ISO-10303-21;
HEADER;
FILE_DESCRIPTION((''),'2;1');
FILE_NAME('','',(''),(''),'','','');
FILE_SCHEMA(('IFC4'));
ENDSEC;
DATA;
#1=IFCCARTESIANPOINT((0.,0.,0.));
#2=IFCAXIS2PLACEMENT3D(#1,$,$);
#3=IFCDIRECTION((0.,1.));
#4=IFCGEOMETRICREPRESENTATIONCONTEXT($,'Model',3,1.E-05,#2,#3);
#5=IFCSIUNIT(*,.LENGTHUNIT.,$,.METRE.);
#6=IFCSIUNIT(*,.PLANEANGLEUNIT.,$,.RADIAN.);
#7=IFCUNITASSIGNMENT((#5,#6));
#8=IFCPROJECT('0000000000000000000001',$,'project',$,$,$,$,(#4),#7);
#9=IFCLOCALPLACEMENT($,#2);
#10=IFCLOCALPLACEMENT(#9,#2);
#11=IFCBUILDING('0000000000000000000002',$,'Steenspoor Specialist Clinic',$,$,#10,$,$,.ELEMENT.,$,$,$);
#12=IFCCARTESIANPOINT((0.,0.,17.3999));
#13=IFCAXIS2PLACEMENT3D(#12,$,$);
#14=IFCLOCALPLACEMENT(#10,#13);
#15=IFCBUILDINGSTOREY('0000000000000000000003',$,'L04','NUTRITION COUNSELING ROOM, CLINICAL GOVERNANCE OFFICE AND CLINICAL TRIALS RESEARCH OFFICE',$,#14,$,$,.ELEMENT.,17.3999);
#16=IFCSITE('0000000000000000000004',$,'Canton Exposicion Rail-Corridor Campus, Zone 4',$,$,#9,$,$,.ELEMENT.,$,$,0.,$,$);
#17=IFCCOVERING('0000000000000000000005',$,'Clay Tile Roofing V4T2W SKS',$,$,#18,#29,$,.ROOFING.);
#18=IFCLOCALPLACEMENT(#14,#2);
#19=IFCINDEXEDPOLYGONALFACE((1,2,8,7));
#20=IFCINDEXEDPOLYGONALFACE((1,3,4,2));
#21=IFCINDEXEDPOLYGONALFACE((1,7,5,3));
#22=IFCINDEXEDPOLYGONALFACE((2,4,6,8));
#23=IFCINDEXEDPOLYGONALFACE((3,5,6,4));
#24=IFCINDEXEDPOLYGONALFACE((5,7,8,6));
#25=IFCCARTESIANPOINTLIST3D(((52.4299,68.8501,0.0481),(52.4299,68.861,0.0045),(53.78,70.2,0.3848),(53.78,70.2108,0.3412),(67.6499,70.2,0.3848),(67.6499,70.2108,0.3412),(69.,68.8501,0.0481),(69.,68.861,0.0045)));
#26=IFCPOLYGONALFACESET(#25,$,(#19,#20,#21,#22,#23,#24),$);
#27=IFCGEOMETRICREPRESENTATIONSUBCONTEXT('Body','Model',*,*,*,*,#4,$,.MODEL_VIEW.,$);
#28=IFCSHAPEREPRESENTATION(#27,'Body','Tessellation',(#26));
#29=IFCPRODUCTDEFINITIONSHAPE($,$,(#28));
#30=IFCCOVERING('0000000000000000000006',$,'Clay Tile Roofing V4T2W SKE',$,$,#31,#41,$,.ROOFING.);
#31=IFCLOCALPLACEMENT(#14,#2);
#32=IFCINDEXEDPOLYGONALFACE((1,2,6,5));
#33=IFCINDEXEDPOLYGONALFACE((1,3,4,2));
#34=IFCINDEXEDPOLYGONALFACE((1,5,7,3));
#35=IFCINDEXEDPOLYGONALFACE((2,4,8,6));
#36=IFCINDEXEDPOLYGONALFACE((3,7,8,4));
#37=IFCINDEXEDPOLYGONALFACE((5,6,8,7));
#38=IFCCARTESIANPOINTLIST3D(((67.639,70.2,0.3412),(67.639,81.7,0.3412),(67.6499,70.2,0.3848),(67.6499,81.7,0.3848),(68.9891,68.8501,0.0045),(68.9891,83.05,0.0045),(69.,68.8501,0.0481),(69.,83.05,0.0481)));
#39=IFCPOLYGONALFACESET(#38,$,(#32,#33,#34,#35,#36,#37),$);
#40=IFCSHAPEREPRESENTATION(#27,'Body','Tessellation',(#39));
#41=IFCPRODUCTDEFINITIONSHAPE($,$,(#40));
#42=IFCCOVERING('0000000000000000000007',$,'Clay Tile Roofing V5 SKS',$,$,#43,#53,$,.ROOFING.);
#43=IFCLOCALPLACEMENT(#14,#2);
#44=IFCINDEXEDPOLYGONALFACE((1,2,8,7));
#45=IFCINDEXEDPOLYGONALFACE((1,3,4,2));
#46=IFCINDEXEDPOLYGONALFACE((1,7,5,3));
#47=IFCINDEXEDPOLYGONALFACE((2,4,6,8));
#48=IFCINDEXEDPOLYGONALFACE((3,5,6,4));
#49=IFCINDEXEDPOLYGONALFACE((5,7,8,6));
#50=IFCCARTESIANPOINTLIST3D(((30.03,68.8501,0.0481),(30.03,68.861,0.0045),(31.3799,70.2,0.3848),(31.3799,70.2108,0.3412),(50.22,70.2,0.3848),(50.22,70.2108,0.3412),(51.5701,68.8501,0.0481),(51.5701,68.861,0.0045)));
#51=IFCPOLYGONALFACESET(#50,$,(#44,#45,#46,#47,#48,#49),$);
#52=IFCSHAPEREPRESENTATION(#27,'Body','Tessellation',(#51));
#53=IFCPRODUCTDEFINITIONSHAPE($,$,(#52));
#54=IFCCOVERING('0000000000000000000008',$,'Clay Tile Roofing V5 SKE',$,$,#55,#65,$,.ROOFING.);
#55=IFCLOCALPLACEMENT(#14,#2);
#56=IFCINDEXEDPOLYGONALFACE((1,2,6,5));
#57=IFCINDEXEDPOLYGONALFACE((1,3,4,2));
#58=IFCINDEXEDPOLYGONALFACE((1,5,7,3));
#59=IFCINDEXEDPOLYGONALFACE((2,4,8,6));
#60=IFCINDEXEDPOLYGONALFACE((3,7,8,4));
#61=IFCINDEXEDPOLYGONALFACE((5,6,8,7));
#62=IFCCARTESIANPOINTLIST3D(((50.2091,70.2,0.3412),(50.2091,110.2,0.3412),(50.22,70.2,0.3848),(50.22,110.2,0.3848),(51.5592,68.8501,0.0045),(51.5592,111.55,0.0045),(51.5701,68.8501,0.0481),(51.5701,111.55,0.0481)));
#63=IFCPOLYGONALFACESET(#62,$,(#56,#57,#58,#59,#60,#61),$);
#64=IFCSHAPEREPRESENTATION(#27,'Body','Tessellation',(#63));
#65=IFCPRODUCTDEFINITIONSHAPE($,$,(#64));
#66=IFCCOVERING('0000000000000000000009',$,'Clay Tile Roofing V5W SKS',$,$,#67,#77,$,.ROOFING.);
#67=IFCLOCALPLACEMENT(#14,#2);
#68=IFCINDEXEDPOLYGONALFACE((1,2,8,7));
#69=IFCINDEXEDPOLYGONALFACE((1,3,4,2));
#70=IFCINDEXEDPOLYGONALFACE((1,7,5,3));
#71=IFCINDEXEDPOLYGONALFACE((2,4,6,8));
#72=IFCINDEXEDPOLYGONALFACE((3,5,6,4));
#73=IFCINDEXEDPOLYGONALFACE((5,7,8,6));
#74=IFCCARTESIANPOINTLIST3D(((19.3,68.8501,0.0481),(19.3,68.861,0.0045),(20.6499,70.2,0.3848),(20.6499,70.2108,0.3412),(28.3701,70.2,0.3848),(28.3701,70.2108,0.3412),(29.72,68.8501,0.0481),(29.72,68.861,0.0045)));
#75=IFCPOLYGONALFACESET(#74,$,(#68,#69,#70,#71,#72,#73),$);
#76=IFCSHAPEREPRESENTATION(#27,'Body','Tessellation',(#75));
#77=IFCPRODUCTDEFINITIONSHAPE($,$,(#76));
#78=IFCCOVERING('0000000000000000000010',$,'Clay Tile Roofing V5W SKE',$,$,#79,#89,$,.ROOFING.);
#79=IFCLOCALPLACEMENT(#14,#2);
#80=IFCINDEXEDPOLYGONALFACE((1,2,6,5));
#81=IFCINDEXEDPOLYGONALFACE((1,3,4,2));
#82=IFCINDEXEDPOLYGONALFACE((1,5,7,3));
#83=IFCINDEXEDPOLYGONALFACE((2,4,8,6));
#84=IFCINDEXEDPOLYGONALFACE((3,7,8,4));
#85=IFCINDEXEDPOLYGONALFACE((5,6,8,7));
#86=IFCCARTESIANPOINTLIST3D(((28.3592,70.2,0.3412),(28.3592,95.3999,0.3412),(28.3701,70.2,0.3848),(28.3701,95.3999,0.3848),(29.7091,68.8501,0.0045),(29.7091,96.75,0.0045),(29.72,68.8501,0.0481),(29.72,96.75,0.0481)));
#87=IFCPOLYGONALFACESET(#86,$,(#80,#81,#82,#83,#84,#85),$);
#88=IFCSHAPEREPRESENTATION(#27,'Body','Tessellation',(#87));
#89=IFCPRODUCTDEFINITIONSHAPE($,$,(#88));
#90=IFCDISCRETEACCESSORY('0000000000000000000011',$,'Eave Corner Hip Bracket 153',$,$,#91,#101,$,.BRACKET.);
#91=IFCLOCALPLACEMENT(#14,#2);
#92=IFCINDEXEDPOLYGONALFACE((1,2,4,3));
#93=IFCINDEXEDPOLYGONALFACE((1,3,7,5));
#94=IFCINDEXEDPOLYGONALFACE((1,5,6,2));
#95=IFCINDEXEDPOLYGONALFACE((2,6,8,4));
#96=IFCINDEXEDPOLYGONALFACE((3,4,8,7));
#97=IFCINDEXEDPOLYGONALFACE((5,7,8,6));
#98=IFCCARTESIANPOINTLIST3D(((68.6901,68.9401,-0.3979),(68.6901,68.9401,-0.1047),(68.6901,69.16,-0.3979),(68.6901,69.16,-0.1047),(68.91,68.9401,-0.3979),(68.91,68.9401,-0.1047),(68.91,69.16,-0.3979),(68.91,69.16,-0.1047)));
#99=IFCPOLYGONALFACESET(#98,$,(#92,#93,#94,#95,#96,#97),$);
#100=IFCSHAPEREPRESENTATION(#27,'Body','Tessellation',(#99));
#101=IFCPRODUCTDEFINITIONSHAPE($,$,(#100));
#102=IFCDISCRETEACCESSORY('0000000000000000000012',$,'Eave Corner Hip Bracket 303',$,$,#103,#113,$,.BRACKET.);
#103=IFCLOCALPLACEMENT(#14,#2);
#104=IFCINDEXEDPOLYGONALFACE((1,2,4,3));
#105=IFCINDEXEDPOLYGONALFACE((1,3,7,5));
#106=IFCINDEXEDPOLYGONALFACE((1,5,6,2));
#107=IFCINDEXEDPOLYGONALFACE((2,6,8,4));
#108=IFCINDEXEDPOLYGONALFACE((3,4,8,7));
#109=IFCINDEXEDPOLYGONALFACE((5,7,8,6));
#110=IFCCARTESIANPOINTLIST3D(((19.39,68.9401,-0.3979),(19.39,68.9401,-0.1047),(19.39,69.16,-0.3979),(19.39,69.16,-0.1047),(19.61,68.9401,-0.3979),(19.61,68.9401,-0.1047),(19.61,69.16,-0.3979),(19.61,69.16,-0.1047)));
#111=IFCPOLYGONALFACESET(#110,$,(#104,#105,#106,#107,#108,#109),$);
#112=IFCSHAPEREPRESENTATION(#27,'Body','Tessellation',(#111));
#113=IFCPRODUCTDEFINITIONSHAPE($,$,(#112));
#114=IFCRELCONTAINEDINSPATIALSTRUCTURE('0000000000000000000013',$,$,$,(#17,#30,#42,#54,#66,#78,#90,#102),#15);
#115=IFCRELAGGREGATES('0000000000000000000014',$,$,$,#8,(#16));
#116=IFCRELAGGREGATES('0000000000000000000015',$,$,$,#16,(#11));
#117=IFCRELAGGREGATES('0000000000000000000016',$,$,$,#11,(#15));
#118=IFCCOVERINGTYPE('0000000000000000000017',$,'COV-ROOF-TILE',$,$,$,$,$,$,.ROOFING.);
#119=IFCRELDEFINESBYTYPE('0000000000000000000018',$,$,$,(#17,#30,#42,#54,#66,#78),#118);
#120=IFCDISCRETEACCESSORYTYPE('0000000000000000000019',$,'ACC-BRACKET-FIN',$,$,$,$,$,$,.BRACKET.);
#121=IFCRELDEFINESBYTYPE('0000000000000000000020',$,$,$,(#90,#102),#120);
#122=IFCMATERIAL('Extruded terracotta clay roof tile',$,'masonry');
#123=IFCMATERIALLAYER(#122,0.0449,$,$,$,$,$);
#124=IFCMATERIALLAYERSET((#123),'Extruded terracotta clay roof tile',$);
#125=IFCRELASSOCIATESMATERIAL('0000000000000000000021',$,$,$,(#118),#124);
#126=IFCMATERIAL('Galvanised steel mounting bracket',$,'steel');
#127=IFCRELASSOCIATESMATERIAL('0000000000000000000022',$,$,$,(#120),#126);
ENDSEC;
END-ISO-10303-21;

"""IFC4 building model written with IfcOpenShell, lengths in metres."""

from ifc_helpers import new_model, si_unit, direction, frame, origin, origin_2d, place, context, subcontext, project, spatial, polyline, rectangle, outline, extrude, material, layer, layer_set, type_object, element, save


model = new_model("IFC4")

# Units and contexts
model_context = context("Model", 3, precision=1e-05, world=origin(), true_north=direction((0.0, 1.0)))
body_context = subcontext(model_context, "Body", "Model", "MODEL_VIEW")
ifc_project = project(units=[si_unit("LENGTHUNIT", "METRE"), si_unit("PLANEANGLEUNIT", "RADIAN")], contexts=[model_context])

# Site, building, storey
site_placement = place(None, origin())
site = spatial("IfcSite", under=ifc_project, at=site_placement, Name="Canton Exposicion Rail-Corridor Campus, Zone 4", CompositionType="ELEMENT", RefElevation=0.0)
building_placement = place(site_placement, origin())
building = spatial("IfcBuilding", under=site, at=building_placement, Name="Steenspoor Specialist Clinic", CompositionType="ELEMENT")
storey_placement = place(building_placement, frame((0.0, 0.0, 17.3999)))
storey = spatial("IfcBuildingStorey", under=building, at=storey_placement, Name="L04", Description="NUTRITION COUNSELING ROOM, CLINICAL GOVERNANCE OFFICE AND CLINICAL TRIALS RESEARCH OFFICE", CompositionType="ELEMENT", Elevation=17.3999)

# Shared definitions
ifc_material_1 = material(Name="Extruded terracotta clay roof tile", Category="masonry")

# Coverings
ifc_layer_1 = layer(ifc_material_1, 0.0449)
ifc_layer_set_1 = layer_set([ifc_layer_1], Name="Extruded terracotta clay roof tile")
covering_type = type_object("IfcCoveringType", Name="COV-ROOF-TILE", PredefinedType="ROOFING", material=ifc_layer_set_1)
covering_1_placement = place(storey_placement, frame((52.4299, 68.8501, 0.0481), z_axis=(0.0, -0.241999, 0.970277), x_axis=(1.0, 0.0, 0.0)))
element("IfcCovering", 1, at=covering_1_placement, inside=storey, type_object=covering_type, Name="Clay Tile Roofing V4T2W SKS", PredefinedType="ROOFING", context=body_context, shape_type="SweptSolid", body=[
    extrude(outline(polyline([(0.0, 0.0), (16.5701, 0.0), (15.22, 1.3912), (1.3501, 1.3912), (0.0, 0.0)])), origin(), (0.0, 0.0, -1.0), 0.0449),
])
covering_2_placement = place(storey_placement, frame((69.0, 68.8501, 0.0481), z_axis=(0.241958, 0.0, 0.970287), x_axis=(0.0, 1.0, 0.0)))
element("IfcCovering", 2, at=covering_2_placement, inside=storey, type_object=covering_type, Name="Clay Tile Roofing V4T2W SKE", PredefinedType="ROOFING", context=body_context, shape_type="SweptSolid", body=[
    extrude(outline(polyline([(0.0, 0.0), (14.2, 0.0), (12.8499, 1.3914), (1.3499, 1.3914), (0.0, 0.0)])), origin(), (0.0, 0.0, -1.0), 0.0449),
])
covering_3_placement = place(storey_placement, frame((30.03, 68.8501, 0.0481), z_axis=(0.0, -0.241999, 0.970277), x_axis=(1.0, 0.0, 0.0)))
element("IfcCovering", 3, at=covering_3_placement, inside=storey, type_object=covering_type, Name="Clay Tile Roofing V5 SKS", PredefinedType="ROOFING", context=body_context, shape_type="SweptSolid", body=[
    extrude(outline(polyline([(0.0, 0.0), (21.54, 0.0), (20.1899, 1.3912), (1.3499, 1.3912), (0.0, 0.0)])), origin(), (0.0, 0.0, -1.0), 0.0449),
])
covering_4_placement = place(storey_placement, frame((51.5701, 68.8501, 0.0481), z_axis=(0.241958, 0.0, 0.970287), x_axis=(0.0, 1.0, 0.0)))
element("IfcCovering", 4, at=covering_4_placement, inside=storey, type_object=covering_type, Name="Clay Tile Roofing V5 SKE", PredefinedType="ROOFING", context=body_context, shape_type="SweptSolid", body=[
    extrude(outline(polyline([(0.0, 0.0), (42.7, 0.0), (41.3499, 1.3914), (1.3499, 1.3914), (0.0, 0.0)])), origin(), (0.0, 0.0, -1.0), 0.0449),
])
covering_5_placement = place(storey_placement, frame((19.3, 68.8501, 0.0481), z_axis=(0.0, -0.241999, 0.970277), x_axis=(1.0, 0.0, 0.0)))
element("IfcCovering", 5, at=covering_5_placement, inside=storey, type_object=covering_type, Name="Clay Tile Roofing V5W SKS", PredefinedType="ROOFING", context=body_context, shape_type="SweptSolid", body=[
    extrude(outline(polyline([(0.0, 0.0), (10.4199, 0.0), (9.0701, 1.3912), (1.3499, 1.3912), (0.0, 0.0)])), origin(), (0.0, 0.0, -1.0), 0.0449),
])
covering_6_placement = place(storey_placement, frame((29.72, 68.8501, 0.0481), z_axis=(0.241999, 0.0, 0.970277), x_axis=(0.0, 1.0, 0.0)))
element("IfcCovering", 6, at=covering_6_placement, inside=storey, type_object=covering_type, Name="Clay Tile Roofing V5W SKE", PredefinedType="ROOFING", context=body_context, shape_type="SweptSolid", body=[
    extrude(outline(polyline([(0.0, 0.0), (27.8999, 0.0), (26.5498, 1.3912), (1.3499, 1.3912), (0.0, 0.0)])), origin(), (0.0, 0.0, -1.0), 0.0449),
])

# Discrete accessories
ifc_material_2 = material(Name="Galvanised steel mounting bracket", Category="steel")
discrete_accessory_type = type_object("IfcDiscreteAccessoryType", Name="ACC-BRACKET-FIN", PredefinedType="BRACKET", material=ifc_material_2)
for number, where, z_axis, x_axis, name in (
    (7, (68.8, 69.05, -0.3979), (0.0, 0.0, 1.0), (1.0, 0.0, 0.0), "Eave Corner Hip Bracket 153"),
    (8, (19.5, 69.05, -0.3979), (0.0, 0.0, 1.0), (1.0, 0.0, 0.0), "Eave Corner Hip Bracket 303"),
):
    element("IfcDiscreteAccessory", number, at=place(storey_placement, frame(where, z_axis=z_axis, x_axis=x_axis)), inside=storey, type_object=discrete_accessory_type, Name=name, PredefinedType="BRACKET", context=body_context, shape_type="SweptSolid", body=[
        extrude(rectangle(XDim=0.22, YDim=0.22, at=origin_2d()), origin(), (0.0, 0.0, 1.0), 0.2932),
    ])

save(model, "model.ifc")
